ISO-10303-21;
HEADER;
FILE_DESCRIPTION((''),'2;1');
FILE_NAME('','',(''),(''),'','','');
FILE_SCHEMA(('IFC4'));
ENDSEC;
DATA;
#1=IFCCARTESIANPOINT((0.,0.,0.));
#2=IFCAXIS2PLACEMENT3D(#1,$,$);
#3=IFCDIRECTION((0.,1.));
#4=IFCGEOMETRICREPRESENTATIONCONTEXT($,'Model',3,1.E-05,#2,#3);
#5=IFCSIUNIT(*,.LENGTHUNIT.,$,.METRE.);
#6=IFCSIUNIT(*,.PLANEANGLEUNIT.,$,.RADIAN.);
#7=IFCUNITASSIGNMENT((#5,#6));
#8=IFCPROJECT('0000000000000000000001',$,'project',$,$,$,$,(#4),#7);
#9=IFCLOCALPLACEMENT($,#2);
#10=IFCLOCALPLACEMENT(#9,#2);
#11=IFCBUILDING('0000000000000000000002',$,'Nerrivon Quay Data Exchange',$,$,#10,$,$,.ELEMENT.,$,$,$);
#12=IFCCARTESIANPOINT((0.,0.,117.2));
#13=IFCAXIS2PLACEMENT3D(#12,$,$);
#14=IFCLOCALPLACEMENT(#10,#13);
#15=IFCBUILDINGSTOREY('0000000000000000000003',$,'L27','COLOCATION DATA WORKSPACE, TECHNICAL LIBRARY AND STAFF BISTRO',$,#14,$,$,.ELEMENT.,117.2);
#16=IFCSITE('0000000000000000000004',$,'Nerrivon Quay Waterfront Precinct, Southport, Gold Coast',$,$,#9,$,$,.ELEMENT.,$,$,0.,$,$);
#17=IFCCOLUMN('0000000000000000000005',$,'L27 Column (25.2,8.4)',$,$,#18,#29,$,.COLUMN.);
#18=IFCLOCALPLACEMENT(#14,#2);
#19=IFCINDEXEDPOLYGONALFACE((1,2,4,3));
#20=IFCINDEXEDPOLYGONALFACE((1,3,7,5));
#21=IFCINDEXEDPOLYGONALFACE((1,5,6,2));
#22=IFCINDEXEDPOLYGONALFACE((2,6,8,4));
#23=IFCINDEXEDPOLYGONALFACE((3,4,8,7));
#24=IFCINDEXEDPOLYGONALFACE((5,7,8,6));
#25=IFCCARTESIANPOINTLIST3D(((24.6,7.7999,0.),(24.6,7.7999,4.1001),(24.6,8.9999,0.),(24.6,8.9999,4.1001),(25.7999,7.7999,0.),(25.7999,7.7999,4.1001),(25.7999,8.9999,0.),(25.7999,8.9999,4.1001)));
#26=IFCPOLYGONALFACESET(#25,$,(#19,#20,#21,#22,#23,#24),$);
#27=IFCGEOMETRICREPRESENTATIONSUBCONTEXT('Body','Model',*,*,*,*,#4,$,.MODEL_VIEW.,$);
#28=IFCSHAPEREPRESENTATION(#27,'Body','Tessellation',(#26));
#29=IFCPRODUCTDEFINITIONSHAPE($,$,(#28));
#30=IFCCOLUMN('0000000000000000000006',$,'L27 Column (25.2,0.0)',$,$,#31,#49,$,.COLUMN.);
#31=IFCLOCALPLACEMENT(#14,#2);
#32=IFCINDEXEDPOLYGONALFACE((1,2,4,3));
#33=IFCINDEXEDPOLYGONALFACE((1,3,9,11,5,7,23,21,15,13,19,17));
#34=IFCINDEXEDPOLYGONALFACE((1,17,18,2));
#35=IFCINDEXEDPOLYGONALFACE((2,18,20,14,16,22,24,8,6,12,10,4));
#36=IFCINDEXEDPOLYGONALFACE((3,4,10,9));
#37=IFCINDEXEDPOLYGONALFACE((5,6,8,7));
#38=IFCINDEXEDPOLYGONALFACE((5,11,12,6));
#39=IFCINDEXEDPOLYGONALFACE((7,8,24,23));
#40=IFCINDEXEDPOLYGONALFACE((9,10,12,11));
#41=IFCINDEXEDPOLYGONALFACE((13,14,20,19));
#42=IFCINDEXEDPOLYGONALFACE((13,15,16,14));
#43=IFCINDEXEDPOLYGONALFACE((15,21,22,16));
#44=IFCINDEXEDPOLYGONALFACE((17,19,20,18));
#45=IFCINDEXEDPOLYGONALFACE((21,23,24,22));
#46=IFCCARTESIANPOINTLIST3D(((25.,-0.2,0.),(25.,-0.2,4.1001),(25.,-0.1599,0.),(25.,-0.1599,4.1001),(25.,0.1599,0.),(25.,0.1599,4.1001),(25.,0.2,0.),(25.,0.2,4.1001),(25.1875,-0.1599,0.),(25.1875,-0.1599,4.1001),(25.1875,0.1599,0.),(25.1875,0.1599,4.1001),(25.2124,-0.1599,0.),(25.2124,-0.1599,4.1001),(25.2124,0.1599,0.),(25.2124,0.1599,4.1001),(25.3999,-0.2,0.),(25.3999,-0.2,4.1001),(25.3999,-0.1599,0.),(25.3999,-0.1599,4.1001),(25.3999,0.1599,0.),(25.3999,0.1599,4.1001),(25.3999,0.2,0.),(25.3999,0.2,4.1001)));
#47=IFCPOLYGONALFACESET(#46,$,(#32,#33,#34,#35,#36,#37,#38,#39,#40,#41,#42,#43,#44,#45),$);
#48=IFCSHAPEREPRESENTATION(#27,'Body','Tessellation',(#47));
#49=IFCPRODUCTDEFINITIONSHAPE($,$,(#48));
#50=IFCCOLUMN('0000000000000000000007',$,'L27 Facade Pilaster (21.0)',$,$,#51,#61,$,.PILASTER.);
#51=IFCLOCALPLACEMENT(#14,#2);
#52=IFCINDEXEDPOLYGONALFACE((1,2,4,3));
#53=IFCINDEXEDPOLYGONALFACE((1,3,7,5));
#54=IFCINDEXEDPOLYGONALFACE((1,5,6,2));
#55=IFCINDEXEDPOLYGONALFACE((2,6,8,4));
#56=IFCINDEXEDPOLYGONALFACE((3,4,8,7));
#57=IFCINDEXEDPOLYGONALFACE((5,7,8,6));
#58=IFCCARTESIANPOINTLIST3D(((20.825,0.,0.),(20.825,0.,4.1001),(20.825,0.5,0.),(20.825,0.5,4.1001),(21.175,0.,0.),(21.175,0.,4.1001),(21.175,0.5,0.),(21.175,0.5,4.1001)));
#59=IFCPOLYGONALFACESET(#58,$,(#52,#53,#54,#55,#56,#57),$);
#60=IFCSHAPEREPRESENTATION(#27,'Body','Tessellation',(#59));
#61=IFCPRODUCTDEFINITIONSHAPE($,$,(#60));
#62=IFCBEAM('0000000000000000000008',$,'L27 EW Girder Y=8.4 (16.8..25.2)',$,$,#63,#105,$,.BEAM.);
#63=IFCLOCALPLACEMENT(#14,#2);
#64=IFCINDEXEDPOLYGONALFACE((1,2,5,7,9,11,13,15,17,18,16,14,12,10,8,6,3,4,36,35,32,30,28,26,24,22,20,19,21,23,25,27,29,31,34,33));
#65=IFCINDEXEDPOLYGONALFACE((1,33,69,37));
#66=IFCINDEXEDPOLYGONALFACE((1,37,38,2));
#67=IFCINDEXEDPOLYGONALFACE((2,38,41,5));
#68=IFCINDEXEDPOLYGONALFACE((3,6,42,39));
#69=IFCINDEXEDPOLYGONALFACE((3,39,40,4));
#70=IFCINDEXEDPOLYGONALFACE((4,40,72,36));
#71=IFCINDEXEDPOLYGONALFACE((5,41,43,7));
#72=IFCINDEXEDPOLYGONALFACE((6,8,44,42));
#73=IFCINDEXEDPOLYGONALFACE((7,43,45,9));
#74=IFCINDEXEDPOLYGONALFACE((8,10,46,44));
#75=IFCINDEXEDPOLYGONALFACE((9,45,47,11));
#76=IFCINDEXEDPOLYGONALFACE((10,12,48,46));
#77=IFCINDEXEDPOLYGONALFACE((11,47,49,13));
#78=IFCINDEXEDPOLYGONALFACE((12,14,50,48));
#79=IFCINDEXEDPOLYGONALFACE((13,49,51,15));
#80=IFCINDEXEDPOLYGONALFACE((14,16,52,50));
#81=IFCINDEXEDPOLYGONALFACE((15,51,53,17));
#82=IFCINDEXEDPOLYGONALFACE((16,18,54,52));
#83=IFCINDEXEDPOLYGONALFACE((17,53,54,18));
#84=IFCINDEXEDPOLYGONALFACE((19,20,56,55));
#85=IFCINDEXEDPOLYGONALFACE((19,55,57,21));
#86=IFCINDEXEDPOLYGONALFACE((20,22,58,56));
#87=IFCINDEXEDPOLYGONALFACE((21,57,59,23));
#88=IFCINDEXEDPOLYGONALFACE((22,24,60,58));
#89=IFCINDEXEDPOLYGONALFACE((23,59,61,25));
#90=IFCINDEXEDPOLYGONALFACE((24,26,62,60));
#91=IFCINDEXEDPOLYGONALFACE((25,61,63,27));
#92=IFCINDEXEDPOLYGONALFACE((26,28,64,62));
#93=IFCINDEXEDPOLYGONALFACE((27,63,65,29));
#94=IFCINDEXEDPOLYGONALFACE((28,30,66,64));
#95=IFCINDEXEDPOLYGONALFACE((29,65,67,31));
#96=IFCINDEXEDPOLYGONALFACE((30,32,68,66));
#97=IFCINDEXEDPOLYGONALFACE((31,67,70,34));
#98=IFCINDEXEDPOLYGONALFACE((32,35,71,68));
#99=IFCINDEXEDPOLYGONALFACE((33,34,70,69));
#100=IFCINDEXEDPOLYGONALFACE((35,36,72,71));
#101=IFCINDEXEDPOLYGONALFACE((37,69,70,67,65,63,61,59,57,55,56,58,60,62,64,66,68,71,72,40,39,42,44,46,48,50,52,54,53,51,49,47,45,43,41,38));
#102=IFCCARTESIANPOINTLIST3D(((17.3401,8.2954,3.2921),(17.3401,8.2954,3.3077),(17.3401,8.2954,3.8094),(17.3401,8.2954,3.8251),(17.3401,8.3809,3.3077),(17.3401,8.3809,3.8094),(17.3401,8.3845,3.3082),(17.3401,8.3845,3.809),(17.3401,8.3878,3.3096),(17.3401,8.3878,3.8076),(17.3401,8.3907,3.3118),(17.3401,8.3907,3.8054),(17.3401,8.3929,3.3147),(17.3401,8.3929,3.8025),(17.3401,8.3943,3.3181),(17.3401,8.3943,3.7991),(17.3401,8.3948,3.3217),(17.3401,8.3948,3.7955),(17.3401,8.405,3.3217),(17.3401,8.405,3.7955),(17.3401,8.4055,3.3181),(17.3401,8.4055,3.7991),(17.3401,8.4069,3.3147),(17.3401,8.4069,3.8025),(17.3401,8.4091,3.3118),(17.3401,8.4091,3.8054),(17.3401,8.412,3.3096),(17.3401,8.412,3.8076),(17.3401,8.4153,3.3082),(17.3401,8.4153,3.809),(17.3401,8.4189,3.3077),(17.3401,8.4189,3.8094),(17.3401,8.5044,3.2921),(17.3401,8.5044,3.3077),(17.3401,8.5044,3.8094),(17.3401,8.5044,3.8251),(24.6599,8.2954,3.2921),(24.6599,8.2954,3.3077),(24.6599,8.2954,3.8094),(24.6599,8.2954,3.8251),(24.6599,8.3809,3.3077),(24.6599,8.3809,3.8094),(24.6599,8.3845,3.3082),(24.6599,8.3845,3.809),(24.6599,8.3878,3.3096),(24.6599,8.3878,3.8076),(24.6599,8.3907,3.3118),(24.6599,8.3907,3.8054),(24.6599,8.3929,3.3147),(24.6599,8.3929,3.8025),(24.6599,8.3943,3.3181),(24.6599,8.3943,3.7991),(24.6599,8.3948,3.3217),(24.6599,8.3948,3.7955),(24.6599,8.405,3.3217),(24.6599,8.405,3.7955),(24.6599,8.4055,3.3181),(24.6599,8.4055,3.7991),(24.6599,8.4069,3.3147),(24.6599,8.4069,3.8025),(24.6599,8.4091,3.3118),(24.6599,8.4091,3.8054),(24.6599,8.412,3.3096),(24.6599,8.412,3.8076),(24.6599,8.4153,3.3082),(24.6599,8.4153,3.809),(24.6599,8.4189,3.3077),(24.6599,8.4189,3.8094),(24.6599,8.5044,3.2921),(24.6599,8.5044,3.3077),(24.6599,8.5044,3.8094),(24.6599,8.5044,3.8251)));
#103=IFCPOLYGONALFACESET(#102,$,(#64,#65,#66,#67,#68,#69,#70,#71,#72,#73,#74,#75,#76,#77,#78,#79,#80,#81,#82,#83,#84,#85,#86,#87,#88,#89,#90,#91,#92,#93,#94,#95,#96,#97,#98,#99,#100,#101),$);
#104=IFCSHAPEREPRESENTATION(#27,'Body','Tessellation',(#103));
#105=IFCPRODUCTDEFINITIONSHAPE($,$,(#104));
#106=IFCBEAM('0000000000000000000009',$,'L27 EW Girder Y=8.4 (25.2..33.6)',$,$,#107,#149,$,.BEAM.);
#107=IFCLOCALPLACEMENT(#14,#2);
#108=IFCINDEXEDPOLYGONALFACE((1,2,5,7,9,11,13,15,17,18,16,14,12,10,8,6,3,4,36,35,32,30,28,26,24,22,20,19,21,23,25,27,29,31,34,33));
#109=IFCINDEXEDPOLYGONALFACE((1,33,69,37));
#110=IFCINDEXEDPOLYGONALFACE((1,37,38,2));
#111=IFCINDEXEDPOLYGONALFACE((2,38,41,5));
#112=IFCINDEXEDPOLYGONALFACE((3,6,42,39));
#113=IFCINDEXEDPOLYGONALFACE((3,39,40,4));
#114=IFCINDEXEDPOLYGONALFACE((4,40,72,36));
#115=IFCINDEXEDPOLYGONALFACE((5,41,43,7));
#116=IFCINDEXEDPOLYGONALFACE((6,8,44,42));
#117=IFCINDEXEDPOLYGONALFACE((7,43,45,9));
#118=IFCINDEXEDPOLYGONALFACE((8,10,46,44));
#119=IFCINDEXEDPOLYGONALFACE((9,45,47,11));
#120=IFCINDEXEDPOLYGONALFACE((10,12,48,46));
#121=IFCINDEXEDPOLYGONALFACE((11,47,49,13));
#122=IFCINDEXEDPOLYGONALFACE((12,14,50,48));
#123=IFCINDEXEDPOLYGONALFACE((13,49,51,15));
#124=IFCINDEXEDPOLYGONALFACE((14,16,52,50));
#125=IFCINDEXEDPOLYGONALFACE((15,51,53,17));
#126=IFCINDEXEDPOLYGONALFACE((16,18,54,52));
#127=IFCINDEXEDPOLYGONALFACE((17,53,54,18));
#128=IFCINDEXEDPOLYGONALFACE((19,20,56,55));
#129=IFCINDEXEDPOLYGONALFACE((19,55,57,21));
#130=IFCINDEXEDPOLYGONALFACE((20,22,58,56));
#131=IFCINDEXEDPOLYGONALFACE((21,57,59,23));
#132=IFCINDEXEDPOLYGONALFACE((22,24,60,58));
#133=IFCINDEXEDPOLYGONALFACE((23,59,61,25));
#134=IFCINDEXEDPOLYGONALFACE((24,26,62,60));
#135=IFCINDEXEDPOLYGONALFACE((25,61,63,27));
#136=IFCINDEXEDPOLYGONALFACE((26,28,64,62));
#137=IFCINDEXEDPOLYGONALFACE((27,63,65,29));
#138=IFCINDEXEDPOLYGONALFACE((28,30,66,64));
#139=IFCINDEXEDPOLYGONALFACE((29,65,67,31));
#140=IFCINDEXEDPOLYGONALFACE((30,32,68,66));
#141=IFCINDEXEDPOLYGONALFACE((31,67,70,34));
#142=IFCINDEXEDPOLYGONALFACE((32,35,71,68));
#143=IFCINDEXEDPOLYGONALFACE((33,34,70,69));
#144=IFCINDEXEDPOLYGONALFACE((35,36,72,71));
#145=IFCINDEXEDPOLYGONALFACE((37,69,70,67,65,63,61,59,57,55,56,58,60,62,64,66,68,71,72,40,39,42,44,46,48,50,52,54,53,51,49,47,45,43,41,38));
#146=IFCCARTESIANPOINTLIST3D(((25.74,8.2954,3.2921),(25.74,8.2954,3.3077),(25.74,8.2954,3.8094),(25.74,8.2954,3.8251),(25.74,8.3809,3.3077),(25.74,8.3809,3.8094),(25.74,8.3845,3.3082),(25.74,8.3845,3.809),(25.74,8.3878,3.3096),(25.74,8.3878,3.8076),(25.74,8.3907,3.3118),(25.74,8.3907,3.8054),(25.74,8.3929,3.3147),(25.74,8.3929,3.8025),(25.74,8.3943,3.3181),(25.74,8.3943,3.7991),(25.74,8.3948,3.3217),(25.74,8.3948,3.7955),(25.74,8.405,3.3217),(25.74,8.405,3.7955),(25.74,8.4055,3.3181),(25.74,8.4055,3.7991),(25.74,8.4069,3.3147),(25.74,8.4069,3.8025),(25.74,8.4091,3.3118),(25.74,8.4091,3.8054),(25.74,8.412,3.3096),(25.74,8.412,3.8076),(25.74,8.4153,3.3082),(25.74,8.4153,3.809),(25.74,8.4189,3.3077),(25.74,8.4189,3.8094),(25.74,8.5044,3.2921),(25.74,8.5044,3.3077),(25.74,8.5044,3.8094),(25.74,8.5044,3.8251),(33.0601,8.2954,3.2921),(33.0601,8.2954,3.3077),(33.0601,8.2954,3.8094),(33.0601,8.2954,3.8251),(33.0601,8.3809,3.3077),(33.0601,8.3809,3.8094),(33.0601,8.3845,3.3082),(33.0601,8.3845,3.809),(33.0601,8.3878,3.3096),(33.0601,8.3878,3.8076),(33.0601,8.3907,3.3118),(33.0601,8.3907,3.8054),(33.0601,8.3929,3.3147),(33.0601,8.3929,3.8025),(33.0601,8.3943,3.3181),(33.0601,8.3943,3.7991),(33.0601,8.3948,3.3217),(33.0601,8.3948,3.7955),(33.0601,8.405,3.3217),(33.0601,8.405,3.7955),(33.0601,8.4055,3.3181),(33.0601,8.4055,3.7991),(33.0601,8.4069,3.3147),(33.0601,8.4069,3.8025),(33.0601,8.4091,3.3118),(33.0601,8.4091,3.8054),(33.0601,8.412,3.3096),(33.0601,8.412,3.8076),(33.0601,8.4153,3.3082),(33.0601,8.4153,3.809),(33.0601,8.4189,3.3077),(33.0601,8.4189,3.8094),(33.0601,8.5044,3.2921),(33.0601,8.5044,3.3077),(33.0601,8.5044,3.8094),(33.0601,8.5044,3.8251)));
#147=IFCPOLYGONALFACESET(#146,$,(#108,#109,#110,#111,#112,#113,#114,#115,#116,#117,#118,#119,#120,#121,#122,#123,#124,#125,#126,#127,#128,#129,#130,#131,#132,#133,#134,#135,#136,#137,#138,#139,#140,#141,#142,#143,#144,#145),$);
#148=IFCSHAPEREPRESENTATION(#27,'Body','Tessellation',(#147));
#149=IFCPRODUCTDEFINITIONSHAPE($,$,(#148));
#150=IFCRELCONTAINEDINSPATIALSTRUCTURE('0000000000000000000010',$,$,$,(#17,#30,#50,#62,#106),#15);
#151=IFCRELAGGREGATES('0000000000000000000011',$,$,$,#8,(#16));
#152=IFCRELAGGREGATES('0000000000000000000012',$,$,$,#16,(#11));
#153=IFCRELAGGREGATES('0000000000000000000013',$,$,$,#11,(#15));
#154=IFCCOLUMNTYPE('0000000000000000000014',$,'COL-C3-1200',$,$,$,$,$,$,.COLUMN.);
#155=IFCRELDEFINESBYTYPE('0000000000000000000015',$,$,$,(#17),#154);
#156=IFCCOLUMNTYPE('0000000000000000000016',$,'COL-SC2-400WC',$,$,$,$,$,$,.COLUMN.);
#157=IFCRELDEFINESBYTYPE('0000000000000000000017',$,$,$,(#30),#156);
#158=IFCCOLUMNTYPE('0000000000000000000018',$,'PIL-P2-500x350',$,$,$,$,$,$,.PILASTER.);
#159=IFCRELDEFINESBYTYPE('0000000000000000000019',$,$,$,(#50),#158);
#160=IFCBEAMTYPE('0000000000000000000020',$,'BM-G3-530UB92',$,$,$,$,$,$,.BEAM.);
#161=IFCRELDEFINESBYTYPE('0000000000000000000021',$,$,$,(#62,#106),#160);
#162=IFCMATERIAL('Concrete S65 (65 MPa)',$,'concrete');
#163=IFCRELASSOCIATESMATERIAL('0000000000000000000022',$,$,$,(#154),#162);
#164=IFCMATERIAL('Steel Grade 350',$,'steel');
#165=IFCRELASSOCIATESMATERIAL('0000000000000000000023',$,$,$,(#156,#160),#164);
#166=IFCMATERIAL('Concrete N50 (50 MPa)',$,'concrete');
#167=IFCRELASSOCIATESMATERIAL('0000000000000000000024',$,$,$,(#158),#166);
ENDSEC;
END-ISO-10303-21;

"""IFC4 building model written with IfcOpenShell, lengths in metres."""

from ifc_helpers import new_model, si_unit, direction, frame, origin, origin_2d, place, context, subcontext, project, spatial, rectangle, i_section, extrude, material, material_profile, profile_set, type_object, element, save


model = new_model("IFC4")

# Units and contexts
model_context = context("Model", 3, precision=1e-05, world=origin(), true_north=direction((0.0, 1.0)))
body_context = subcontext(model_context, "Body", "Model", "MODEL_VIEW")
ifc_project = project(units=[si_unit("LENGTHUNIT", "METRE"), si_unit("PLANEANGLEUNIT", "RADIAN")], contexts=[model_context])

# Site, building, storey
site_placement = place(None, origin())
site = spatial("IfcSite", under=ifc_project, at=site_placement, Name="Nerrivon Quay Waterfront Precinct, Southport, Gold Coast", CompositionType="ELEMENT", RefElevation=0.0)
building_placement = place(site_placement, origin())
building = spatial("IfcBuilding", under=site, at=building_placement, Name="Nerrivon Quay Data Exchange", CompositionType="ELEMENT")
storey_placement = place(building_placement, frame((0.0, 0.0, 117.2)))
storey = spatial("IfcBuildingStorey", under=building, at=storey_placement, Name="L27", Description="COLOCATION DATA WORKSPACE, TECHNICAL LIBRARY AND STAFF BISTRO", CompositionType="ELEMENT", Elevation=117.2)

# Columns
ifc_material_1 = material(Name="Concrete S65 (65 MPa)", Category="concrete")
ifc_material_profile_1 = material_profile(ifc_material_1, rectangle(XDim=1.2, YDim=1.2, at=origin_2d()), Name="RC-COL-1200x1200")
ifc_profile_set_1 = profile_set([ifc_material_profile_1], Name="Concrete S65 (65 MPa)")
column_type_1 = type_object("IfcColumnType", Name="COL-C3-1200", PredefinedType="COLUMN", material=ifc_profile_set_1)
column_1_placement = place(storey_placement, frame((25.2, 8.3999, 0.0), z_axis=(0.0, 0.0, 1.0), x_axis=(1.0, 0.0, 0.0)))
element("IfcColumn", 1, at=column_1_placement, inside=storey, type_object=column_type_1, Name="L27 Column (25.2,8.4)", PredefinedType="COLUMN", context=body_context, shape_type="SweptSolid", body=[
    extrude(rectangle(XDim=1.2, YDim=1.2, at=origin_2d()), origin(), (0.0, 0.0, 1.0), 4.1001),
])
ifc_material_2 = material(Name="Steel Grade 350", Category="steel")
ifc_material_profile_2 = material_profile(ifc_material_2, i_section(OverallWidth=0.3999, OverallDepth=0.3999, WebThickness=0.0249, FlangeThickness=0.04, at=origin_2d()), Name="400WC328")
ifc_profile_set_2 = profile_set([ifc_material_profile_2], Name="Steel Grade 350")
column_type_2 = type_object("IfcColumnType", Name="COL-SC2-400WC", PredefinedType="COLUMN", material=ifc_profile_set_2)
column_2_placement = place(storey_placement, frame((25.2, 0.0, 0.0), z_axis=(0.0, 0.0, 1.0), x_axis=(1.0, 0.0, 0.0)))
element("IfcColumn", 2, at=column_2_placement, inside=storey, type_object=column_type_2, Name="L27 Column (25.2,0.0)", PredefinedType="COLUMN", context=body_context, shape_type="SweptSolid", body=[
    extrude(i_section(OverallWidth=0.3999, OverallDepth=0.3999, WebThickness=0.0249, FlangeThickness=0.04, at=origin_2d()), origin(), (0.0, 0.0, 1.0), 4.1001),
])
ifc_material_3 = material(Name="Concrete N50 (50 MPa)", Category="concrete")
ifc_material_profile_3 = material_profile(ifc_material_3, rectangle(XDim=0.3501, YDim=0.5, at=origin_2d()), Name="RC-PIL-500x350")
ifc_profile_set_3 = profile_set([ifc_material_profile_3], Name="Concrete N50 (50 MPa)")
column_type_3 = type_object("IfcColumnType", Name="PIL-P2-500x350", PredefinedType="PILASTER", material=ifc_profile_set_3)
column_3_placement = place(storey_placement, frame((21.0, 0.25, 0.0), z_axis=(0.0, 0.0, 1.0), x_axis=(1.0, 0.0, 0.0)))
element("IfcColumn", 3, at=column_3_placement, inside=storey, type_object=column_type_3, Name="L27 Facade Pilaster (21.0)", PredefinedType="PILASTER", context=body_context, shape_type="SweptSolid", body=[
    extrude(rectangle(XDim=0.3501, YDim=0.5, at=origin_2d()), origin(), (0.0, 0.0, 1.0), 4.1001),
])

# Beams
ifc_material_profile_4 = material_profile(ifc_material_2, i_section(OverallWidth=0.209, OverallDepth=0.533, WebThickness=0.0103, FlangeThickness=0.0156, FilletRadius=0.0139, at=origin_2d()), Name="530UB92.4")
ifc_profile_set_4 = profile_set([ifc_material_profile_4], Name="Steel Grade 350")
beam_type_1 = type_object("IfcBeamType", Name="BM-G3-530UB92", PredefinedType="BEAM", material=ifc_profile_set_4)
beam_1_placement = place(storey_placement, frame((17.3401, 8.3999, 3.5586), z_axis=(1.0, 0.0, 0.0), x_axis=(0.0, 1.0, 0.0)))
element("IfcBeam", 4, at=beam_1_placement, inside=storey, type_object=beam_type_1, Name="L27 EW Girder Y=8.4 (16.8..25.2)", PredefinedType="BEAM", context=body_context, shape_type="SweptSolid", body=[
    extrude(i_section(OverallWidth=0.209, OverallDepth=0.533, WebThickness=0.0103, FlangeThickness=0.0156, FilletRadius=0.0139, at=origin_2d()), origin(), (0.0, 0.0, 1.0), 7.3198),
])
beam_2_placement = place(storey_placement, frame((25.74, 8.3999, 3.5586), z_axis=(1.0, 0.0, 0.0), x_axis=(0.0, 1.0, 0.0)))
element("IfcBeam", 5, at=beam_2_placement, inside=storey, type_object=beam_type_1, Name="L27 EW Girder Y=8.4 (25.2..33.6)", PredefinedType="BEAM", context=body_context, shape_type="SweptSolid", body=[
    extrude(i_section(OverallWidth=0.209, OverallDepth=0.533, WebThickness=0.0103, FlangeThickness=0.0156, FilletRadius=0.0139, at=origin_2d()), origin(), (0.0, 0.0, 1.0), 7.3201),
])

save(model, "model.ifc")
